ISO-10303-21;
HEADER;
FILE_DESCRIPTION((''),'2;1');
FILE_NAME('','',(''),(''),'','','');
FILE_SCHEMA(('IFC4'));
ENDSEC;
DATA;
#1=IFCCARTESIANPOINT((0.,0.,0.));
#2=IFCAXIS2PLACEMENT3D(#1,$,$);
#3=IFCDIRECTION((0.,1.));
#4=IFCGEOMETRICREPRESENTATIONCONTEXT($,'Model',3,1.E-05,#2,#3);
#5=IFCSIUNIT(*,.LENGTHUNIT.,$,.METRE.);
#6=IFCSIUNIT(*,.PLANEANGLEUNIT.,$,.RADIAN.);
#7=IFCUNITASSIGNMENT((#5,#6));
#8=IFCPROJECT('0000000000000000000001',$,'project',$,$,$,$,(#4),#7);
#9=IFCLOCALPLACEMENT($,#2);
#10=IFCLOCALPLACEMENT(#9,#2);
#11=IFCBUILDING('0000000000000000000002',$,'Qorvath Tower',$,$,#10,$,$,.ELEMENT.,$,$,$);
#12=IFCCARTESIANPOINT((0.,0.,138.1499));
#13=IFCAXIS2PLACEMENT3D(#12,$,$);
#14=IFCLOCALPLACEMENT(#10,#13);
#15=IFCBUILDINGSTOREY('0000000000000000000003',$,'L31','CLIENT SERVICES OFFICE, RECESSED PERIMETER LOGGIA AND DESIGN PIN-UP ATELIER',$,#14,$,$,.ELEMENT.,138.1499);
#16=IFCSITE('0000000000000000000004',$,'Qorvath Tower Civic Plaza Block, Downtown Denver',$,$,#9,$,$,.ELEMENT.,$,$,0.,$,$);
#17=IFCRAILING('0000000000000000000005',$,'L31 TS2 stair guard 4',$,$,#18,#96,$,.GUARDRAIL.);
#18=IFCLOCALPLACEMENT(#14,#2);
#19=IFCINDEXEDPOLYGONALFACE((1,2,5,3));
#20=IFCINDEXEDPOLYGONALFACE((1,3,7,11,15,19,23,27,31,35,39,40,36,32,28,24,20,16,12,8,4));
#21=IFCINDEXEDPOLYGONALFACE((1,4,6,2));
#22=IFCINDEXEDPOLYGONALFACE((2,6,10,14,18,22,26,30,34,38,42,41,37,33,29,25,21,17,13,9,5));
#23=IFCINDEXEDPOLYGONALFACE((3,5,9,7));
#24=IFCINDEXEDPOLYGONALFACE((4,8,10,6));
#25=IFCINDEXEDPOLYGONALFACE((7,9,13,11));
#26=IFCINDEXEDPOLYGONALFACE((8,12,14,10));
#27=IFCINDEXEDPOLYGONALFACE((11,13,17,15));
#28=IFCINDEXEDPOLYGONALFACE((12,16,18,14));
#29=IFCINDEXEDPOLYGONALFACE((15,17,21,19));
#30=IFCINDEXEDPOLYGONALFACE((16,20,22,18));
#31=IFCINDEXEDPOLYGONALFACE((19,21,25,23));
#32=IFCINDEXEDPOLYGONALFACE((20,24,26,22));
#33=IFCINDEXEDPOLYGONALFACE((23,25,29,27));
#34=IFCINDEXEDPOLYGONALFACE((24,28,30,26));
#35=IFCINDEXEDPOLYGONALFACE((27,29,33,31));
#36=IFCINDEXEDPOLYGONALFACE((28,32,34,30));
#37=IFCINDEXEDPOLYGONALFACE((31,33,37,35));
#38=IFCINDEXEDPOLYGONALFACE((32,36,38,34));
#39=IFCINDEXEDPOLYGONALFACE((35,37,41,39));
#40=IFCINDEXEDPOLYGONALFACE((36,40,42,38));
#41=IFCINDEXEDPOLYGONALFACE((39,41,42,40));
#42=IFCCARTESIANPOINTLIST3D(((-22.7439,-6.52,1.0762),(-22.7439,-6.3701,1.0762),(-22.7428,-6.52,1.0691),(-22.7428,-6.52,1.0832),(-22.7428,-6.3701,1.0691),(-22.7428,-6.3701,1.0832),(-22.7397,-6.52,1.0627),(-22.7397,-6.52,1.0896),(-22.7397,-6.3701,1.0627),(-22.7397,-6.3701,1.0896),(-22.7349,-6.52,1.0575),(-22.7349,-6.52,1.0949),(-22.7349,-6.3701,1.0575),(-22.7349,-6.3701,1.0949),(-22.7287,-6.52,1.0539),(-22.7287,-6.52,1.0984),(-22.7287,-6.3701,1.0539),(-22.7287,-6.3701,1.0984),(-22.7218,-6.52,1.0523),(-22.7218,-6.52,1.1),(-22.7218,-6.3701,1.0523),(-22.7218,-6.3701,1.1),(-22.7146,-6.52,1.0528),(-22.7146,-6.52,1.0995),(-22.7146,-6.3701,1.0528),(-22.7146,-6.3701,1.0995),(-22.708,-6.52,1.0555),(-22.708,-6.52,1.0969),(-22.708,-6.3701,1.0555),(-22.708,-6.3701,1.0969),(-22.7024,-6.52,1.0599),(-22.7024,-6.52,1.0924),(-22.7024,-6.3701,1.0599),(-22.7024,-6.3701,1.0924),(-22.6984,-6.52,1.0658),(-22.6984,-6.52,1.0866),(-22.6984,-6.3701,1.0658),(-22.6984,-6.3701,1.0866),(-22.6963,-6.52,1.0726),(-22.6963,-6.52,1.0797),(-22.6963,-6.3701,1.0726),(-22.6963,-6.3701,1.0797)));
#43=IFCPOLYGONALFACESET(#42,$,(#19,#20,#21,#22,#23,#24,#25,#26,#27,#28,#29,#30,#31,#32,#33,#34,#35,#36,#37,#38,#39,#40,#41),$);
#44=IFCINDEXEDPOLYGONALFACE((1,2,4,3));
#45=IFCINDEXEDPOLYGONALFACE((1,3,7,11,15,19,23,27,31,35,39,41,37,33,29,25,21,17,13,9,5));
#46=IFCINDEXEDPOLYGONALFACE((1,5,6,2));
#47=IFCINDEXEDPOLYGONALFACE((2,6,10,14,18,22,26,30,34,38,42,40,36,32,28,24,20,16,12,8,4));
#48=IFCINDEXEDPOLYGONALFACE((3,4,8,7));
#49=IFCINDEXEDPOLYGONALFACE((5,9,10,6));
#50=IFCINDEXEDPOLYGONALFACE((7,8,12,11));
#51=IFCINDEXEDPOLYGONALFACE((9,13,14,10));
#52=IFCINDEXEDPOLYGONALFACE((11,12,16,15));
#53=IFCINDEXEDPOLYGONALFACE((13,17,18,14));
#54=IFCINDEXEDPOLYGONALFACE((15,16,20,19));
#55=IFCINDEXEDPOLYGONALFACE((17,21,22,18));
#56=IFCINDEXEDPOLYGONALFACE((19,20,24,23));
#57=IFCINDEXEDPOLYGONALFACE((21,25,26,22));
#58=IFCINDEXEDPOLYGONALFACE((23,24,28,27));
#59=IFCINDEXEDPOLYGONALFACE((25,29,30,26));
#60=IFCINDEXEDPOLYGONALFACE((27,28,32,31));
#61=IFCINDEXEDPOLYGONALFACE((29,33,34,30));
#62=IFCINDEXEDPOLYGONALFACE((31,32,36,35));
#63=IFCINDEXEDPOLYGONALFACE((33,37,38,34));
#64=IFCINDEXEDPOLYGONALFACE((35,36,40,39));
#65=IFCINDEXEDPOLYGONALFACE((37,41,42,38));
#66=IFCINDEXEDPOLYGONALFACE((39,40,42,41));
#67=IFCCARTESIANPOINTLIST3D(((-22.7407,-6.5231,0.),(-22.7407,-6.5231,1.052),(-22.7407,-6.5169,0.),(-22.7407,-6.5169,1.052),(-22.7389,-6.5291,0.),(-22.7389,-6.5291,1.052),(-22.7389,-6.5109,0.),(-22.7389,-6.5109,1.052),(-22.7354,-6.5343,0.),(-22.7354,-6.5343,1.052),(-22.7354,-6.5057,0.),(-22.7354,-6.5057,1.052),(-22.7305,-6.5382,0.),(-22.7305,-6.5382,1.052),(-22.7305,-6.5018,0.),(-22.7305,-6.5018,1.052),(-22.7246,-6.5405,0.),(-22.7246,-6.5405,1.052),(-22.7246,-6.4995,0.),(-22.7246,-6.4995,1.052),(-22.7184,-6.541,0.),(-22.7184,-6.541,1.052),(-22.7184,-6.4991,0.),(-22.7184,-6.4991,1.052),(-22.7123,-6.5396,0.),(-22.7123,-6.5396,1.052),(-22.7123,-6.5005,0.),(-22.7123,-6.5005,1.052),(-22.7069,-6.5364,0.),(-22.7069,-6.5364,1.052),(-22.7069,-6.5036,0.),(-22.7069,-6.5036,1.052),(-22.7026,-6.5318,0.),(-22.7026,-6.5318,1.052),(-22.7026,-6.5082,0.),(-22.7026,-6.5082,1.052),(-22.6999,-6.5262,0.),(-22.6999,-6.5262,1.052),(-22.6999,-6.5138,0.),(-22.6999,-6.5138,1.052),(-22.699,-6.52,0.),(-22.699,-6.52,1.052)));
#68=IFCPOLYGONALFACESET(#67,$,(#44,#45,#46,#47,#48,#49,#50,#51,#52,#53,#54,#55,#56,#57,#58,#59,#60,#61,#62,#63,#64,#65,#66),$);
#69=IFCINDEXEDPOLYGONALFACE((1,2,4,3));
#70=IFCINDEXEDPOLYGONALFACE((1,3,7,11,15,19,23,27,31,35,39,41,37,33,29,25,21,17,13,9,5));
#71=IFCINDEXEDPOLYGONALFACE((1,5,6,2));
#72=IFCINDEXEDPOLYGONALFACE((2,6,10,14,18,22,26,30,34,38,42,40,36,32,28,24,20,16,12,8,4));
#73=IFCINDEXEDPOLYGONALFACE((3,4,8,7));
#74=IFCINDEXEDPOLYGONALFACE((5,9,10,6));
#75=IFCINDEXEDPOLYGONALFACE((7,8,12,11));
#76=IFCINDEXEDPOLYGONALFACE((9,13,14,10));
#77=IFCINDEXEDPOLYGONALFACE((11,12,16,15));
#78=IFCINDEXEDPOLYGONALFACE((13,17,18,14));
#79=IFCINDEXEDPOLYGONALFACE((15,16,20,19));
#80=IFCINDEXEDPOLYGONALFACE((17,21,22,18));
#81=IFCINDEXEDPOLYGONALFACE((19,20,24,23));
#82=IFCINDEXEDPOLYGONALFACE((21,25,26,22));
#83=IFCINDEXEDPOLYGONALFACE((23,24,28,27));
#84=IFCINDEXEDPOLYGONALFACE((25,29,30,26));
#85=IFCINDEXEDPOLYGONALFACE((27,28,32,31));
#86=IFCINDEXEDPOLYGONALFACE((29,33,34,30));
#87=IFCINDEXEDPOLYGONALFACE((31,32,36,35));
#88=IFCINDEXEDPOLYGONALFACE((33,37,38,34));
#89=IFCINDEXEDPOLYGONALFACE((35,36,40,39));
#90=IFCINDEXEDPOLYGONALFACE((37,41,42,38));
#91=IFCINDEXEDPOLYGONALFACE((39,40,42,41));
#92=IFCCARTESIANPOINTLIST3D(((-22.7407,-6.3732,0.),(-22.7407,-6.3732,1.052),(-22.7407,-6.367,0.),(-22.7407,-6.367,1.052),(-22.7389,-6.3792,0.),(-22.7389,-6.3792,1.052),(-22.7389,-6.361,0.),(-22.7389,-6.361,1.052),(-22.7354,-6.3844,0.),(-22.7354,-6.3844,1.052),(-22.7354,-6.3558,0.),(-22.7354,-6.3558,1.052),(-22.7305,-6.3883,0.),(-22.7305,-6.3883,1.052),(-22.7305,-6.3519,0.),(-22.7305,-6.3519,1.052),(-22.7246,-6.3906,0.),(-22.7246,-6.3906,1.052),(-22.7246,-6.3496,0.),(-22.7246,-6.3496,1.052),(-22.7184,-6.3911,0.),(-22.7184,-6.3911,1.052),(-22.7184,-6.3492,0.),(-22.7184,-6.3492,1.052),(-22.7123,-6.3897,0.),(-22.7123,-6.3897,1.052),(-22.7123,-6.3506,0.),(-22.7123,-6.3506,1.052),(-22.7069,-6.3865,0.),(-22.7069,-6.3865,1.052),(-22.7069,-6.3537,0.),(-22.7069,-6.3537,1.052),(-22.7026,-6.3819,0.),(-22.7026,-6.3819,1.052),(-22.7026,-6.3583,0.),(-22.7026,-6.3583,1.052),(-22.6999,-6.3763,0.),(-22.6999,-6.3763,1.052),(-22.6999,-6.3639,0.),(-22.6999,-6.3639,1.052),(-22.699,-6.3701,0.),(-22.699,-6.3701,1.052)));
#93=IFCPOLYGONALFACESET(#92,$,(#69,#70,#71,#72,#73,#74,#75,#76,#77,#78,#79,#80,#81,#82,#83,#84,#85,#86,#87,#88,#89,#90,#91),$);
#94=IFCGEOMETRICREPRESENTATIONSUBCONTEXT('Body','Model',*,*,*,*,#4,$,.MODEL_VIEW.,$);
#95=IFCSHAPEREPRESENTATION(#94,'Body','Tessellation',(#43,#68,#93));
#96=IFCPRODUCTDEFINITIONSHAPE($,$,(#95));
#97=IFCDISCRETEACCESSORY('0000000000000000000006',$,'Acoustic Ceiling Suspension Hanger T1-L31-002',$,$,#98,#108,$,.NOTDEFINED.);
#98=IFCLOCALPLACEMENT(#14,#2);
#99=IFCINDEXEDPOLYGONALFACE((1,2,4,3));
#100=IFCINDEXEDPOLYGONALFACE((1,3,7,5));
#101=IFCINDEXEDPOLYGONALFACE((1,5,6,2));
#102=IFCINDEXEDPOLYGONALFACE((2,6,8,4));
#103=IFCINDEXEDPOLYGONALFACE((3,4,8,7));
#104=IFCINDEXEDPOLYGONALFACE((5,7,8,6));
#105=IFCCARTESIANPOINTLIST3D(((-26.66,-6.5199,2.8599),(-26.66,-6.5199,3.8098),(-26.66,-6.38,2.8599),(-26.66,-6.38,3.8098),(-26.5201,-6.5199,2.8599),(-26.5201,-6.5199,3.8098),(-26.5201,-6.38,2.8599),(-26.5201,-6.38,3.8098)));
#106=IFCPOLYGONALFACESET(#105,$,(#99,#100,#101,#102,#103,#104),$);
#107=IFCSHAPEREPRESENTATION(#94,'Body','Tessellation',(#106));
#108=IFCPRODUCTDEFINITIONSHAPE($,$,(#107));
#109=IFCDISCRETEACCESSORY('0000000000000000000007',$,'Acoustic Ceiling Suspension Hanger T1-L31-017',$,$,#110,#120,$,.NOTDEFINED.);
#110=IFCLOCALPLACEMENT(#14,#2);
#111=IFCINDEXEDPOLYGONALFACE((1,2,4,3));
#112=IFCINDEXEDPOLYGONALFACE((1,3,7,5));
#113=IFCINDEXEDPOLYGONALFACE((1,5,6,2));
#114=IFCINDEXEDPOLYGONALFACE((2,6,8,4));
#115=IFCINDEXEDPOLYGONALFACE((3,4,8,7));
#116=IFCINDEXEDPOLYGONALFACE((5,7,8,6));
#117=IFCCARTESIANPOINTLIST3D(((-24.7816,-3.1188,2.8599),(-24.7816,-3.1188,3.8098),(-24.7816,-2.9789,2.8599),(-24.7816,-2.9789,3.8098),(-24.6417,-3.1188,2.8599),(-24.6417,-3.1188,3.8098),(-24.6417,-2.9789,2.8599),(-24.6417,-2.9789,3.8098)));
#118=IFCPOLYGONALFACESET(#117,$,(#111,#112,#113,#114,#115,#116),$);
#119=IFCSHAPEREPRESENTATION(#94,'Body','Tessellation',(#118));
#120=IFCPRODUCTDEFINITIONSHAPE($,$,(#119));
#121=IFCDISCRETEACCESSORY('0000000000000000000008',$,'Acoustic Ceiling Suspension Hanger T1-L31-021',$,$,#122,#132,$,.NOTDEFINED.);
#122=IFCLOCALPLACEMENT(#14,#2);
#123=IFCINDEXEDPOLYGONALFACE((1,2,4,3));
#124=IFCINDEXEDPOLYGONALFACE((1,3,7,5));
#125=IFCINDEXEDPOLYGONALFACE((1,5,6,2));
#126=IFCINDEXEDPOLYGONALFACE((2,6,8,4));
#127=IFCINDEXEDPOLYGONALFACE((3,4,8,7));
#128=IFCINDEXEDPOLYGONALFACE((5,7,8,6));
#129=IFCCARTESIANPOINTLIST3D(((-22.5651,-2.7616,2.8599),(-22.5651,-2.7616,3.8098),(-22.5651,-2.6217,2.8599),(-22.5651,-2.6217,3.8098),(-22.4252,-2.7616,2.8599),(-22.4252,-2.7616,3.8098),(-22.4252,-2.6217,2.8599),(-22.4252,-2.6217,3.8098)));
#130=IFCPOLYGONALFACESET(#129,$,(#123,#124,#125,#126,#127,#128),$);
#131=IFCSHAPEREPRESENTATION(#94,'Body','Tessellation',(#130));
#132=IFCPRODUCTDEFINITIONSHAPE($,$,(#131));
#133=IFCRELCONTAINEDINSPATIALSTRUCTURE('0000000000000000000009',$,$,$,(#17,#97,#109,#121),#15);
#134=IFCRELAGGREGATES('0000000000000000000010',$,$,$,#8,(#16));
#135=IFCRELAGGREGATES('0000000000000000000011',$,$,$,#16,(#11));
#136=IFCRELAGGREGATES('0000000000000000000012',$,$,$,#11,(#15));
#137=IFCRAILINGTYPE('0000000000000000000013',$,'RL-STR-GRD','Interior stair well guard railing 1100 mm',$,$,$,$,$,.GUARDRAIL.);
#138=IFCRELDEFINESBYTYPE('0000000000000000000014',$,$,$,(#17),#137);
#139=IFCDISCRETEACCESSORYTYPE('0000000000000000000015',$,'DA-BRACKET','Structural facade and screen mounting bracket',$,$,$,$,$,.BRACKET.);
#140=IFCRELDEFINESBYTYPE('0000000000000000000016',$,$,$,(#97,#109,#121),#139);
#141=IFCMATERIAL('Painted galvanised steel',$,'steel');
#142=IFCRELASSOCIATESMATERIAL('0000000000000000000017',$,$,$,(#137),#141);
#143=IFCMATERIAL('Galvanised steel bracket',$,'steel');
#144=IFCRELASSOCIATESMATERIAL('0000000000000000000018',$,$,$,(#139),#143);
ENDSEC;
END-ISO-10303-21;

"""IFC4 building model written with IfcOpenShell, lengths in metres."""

from ifc_helpers import new_model, si_unit, direction, frame, origin, origin_2d, place, context, subcontext, project, spatial, rectangle, circle, extrude, material, type_object, element, save


model = new_model("IFC4")

# Units and contexts
model_context = context("Model", 3, precision=1e-05, world=origin(), true_north=direction((0.0, 1.0)))
body_context = subcontext(model_context, "Body", "Model", "MODEL_VIEW")
ifc_project = project(units=[si_unit("LENGTHUNIT", "METRE"), si_unit("PLANEANGLEUNIT", "RADIAN")], contexts=[model_context])

# Site, building, storey
site_placement = place(None, origin())
site = spatial("IfcSite", under=ifc_project, at=site_placement, Name="Qorvath Tower Civic Plaza Block, Downtown Denver", CompositionType="ELEMENT", RefElevation=0.0)
building_placement = place(site_placement, origin())
building = spatial("IfcBuilding", under=site, at=building_placement, Name="Qorvath Tower", CompositionType="ELEMENT")
storey_placement = place(building_placement, frame((0.0, 0.0, 138.1499)))
storey = spatial("IfcBuildingStorey", under=building, at=storey_placement, Name="L31", Description="CLIENT SERVICES OFFICE, RECESSED PERIMETER LOGGIA AND DESIGN PIN-UP ATELIER", CompositionType="ELEMENT", Elevation=138.1499)

# Railing
ifc_material_1 = material(Name="Painted galvanised steel", Category="steel")
railing_type = type_object("IfcRailingType", Name="RL-STR-GRD", Description="Interior stair well guard railing 1100 mm", PredefinedType="GUARDRAIL", material=ifc_material_1)
railing_1_placement = place(storey_placement, frame((-22.72, -6.52, 0.0)))
element("IfcRailing", 1, at=railing_1_placement, inside=storey, type_object=railing_type, Name="L31 TS2 stair guard 4", PredefinedType="GUARDRAIL", context=body_context, shape_type="SweptSolid", body=[
    extrude(circle(Radius=0.0239, at=origin_2d()), frame((0.0, 0.0, 1.0762), z_axis=(0.0, 1.0, 0.0), x_axis=(-1.0, 0.0, 0.0)), (0.0, 0.0, 1.0), 0.1499),
    extrude(circle(Radius=0.021, at=origin_2d()), origin(), (0.0, 0.0, 1.0), 1.052),
    extrude(circle(Radius=0.021, at=origin_2d()), frame((0.0, 0.1499, 0.0)), (0.0, 0.0, 1.0), 1.052),
])

# Discrete accessories
ifc_material_2 = material(Name="Galvanised steel bracket", Category="steel")
discrete_accessory_type = type_object("IfcDiscreteAccessoryType", Name="DA-BRACKET", Description="Structural facade and screen mounting bracket", PredefinedType="BRACKET", material=ifc_material_2)
for number, where, z_axis, x_axis, name in (
    (2, (-26.5901, -6.45, 2.8599), (0.0, 0.0, 1.0), (1.0, 0.0, 0.0), "Acoustic Ceiling Suspension Hanger T1-L31-002"),
    (3, (-24.7117, -3.0488, 2.8599), (0.0, 0.0, 1.0), (1.0, 0.0, 0.0), "Acoustic Ceiling Suspension Hanger T1-L31-017"),
    (4, (-22.4951, -2.6917, 2.8599), (0.0, 0.0, 1.0), (1.0, 0.0, 0.0), "Acoustic Ceiling Suspension Hanger T1-L31-021"),
):
    element("IfcDiscreteAccessory", number, at=place(storey_placement, frame(where, z_axis=z_axis, x_axis=x_axis)), inside=storey, type_object=discrete_accessory_type, Name=name, PredefinedType="NOTDEFINED", context=body_context, shape_type="SweptSolid", body=[
        extrude(rectangle(XDim=0.1399, YDim=0.1399, at=origin_2d()), origin(), (0.0, 0.0, 1.0), 0.95),
    ])

save(model, "model.ifc")
